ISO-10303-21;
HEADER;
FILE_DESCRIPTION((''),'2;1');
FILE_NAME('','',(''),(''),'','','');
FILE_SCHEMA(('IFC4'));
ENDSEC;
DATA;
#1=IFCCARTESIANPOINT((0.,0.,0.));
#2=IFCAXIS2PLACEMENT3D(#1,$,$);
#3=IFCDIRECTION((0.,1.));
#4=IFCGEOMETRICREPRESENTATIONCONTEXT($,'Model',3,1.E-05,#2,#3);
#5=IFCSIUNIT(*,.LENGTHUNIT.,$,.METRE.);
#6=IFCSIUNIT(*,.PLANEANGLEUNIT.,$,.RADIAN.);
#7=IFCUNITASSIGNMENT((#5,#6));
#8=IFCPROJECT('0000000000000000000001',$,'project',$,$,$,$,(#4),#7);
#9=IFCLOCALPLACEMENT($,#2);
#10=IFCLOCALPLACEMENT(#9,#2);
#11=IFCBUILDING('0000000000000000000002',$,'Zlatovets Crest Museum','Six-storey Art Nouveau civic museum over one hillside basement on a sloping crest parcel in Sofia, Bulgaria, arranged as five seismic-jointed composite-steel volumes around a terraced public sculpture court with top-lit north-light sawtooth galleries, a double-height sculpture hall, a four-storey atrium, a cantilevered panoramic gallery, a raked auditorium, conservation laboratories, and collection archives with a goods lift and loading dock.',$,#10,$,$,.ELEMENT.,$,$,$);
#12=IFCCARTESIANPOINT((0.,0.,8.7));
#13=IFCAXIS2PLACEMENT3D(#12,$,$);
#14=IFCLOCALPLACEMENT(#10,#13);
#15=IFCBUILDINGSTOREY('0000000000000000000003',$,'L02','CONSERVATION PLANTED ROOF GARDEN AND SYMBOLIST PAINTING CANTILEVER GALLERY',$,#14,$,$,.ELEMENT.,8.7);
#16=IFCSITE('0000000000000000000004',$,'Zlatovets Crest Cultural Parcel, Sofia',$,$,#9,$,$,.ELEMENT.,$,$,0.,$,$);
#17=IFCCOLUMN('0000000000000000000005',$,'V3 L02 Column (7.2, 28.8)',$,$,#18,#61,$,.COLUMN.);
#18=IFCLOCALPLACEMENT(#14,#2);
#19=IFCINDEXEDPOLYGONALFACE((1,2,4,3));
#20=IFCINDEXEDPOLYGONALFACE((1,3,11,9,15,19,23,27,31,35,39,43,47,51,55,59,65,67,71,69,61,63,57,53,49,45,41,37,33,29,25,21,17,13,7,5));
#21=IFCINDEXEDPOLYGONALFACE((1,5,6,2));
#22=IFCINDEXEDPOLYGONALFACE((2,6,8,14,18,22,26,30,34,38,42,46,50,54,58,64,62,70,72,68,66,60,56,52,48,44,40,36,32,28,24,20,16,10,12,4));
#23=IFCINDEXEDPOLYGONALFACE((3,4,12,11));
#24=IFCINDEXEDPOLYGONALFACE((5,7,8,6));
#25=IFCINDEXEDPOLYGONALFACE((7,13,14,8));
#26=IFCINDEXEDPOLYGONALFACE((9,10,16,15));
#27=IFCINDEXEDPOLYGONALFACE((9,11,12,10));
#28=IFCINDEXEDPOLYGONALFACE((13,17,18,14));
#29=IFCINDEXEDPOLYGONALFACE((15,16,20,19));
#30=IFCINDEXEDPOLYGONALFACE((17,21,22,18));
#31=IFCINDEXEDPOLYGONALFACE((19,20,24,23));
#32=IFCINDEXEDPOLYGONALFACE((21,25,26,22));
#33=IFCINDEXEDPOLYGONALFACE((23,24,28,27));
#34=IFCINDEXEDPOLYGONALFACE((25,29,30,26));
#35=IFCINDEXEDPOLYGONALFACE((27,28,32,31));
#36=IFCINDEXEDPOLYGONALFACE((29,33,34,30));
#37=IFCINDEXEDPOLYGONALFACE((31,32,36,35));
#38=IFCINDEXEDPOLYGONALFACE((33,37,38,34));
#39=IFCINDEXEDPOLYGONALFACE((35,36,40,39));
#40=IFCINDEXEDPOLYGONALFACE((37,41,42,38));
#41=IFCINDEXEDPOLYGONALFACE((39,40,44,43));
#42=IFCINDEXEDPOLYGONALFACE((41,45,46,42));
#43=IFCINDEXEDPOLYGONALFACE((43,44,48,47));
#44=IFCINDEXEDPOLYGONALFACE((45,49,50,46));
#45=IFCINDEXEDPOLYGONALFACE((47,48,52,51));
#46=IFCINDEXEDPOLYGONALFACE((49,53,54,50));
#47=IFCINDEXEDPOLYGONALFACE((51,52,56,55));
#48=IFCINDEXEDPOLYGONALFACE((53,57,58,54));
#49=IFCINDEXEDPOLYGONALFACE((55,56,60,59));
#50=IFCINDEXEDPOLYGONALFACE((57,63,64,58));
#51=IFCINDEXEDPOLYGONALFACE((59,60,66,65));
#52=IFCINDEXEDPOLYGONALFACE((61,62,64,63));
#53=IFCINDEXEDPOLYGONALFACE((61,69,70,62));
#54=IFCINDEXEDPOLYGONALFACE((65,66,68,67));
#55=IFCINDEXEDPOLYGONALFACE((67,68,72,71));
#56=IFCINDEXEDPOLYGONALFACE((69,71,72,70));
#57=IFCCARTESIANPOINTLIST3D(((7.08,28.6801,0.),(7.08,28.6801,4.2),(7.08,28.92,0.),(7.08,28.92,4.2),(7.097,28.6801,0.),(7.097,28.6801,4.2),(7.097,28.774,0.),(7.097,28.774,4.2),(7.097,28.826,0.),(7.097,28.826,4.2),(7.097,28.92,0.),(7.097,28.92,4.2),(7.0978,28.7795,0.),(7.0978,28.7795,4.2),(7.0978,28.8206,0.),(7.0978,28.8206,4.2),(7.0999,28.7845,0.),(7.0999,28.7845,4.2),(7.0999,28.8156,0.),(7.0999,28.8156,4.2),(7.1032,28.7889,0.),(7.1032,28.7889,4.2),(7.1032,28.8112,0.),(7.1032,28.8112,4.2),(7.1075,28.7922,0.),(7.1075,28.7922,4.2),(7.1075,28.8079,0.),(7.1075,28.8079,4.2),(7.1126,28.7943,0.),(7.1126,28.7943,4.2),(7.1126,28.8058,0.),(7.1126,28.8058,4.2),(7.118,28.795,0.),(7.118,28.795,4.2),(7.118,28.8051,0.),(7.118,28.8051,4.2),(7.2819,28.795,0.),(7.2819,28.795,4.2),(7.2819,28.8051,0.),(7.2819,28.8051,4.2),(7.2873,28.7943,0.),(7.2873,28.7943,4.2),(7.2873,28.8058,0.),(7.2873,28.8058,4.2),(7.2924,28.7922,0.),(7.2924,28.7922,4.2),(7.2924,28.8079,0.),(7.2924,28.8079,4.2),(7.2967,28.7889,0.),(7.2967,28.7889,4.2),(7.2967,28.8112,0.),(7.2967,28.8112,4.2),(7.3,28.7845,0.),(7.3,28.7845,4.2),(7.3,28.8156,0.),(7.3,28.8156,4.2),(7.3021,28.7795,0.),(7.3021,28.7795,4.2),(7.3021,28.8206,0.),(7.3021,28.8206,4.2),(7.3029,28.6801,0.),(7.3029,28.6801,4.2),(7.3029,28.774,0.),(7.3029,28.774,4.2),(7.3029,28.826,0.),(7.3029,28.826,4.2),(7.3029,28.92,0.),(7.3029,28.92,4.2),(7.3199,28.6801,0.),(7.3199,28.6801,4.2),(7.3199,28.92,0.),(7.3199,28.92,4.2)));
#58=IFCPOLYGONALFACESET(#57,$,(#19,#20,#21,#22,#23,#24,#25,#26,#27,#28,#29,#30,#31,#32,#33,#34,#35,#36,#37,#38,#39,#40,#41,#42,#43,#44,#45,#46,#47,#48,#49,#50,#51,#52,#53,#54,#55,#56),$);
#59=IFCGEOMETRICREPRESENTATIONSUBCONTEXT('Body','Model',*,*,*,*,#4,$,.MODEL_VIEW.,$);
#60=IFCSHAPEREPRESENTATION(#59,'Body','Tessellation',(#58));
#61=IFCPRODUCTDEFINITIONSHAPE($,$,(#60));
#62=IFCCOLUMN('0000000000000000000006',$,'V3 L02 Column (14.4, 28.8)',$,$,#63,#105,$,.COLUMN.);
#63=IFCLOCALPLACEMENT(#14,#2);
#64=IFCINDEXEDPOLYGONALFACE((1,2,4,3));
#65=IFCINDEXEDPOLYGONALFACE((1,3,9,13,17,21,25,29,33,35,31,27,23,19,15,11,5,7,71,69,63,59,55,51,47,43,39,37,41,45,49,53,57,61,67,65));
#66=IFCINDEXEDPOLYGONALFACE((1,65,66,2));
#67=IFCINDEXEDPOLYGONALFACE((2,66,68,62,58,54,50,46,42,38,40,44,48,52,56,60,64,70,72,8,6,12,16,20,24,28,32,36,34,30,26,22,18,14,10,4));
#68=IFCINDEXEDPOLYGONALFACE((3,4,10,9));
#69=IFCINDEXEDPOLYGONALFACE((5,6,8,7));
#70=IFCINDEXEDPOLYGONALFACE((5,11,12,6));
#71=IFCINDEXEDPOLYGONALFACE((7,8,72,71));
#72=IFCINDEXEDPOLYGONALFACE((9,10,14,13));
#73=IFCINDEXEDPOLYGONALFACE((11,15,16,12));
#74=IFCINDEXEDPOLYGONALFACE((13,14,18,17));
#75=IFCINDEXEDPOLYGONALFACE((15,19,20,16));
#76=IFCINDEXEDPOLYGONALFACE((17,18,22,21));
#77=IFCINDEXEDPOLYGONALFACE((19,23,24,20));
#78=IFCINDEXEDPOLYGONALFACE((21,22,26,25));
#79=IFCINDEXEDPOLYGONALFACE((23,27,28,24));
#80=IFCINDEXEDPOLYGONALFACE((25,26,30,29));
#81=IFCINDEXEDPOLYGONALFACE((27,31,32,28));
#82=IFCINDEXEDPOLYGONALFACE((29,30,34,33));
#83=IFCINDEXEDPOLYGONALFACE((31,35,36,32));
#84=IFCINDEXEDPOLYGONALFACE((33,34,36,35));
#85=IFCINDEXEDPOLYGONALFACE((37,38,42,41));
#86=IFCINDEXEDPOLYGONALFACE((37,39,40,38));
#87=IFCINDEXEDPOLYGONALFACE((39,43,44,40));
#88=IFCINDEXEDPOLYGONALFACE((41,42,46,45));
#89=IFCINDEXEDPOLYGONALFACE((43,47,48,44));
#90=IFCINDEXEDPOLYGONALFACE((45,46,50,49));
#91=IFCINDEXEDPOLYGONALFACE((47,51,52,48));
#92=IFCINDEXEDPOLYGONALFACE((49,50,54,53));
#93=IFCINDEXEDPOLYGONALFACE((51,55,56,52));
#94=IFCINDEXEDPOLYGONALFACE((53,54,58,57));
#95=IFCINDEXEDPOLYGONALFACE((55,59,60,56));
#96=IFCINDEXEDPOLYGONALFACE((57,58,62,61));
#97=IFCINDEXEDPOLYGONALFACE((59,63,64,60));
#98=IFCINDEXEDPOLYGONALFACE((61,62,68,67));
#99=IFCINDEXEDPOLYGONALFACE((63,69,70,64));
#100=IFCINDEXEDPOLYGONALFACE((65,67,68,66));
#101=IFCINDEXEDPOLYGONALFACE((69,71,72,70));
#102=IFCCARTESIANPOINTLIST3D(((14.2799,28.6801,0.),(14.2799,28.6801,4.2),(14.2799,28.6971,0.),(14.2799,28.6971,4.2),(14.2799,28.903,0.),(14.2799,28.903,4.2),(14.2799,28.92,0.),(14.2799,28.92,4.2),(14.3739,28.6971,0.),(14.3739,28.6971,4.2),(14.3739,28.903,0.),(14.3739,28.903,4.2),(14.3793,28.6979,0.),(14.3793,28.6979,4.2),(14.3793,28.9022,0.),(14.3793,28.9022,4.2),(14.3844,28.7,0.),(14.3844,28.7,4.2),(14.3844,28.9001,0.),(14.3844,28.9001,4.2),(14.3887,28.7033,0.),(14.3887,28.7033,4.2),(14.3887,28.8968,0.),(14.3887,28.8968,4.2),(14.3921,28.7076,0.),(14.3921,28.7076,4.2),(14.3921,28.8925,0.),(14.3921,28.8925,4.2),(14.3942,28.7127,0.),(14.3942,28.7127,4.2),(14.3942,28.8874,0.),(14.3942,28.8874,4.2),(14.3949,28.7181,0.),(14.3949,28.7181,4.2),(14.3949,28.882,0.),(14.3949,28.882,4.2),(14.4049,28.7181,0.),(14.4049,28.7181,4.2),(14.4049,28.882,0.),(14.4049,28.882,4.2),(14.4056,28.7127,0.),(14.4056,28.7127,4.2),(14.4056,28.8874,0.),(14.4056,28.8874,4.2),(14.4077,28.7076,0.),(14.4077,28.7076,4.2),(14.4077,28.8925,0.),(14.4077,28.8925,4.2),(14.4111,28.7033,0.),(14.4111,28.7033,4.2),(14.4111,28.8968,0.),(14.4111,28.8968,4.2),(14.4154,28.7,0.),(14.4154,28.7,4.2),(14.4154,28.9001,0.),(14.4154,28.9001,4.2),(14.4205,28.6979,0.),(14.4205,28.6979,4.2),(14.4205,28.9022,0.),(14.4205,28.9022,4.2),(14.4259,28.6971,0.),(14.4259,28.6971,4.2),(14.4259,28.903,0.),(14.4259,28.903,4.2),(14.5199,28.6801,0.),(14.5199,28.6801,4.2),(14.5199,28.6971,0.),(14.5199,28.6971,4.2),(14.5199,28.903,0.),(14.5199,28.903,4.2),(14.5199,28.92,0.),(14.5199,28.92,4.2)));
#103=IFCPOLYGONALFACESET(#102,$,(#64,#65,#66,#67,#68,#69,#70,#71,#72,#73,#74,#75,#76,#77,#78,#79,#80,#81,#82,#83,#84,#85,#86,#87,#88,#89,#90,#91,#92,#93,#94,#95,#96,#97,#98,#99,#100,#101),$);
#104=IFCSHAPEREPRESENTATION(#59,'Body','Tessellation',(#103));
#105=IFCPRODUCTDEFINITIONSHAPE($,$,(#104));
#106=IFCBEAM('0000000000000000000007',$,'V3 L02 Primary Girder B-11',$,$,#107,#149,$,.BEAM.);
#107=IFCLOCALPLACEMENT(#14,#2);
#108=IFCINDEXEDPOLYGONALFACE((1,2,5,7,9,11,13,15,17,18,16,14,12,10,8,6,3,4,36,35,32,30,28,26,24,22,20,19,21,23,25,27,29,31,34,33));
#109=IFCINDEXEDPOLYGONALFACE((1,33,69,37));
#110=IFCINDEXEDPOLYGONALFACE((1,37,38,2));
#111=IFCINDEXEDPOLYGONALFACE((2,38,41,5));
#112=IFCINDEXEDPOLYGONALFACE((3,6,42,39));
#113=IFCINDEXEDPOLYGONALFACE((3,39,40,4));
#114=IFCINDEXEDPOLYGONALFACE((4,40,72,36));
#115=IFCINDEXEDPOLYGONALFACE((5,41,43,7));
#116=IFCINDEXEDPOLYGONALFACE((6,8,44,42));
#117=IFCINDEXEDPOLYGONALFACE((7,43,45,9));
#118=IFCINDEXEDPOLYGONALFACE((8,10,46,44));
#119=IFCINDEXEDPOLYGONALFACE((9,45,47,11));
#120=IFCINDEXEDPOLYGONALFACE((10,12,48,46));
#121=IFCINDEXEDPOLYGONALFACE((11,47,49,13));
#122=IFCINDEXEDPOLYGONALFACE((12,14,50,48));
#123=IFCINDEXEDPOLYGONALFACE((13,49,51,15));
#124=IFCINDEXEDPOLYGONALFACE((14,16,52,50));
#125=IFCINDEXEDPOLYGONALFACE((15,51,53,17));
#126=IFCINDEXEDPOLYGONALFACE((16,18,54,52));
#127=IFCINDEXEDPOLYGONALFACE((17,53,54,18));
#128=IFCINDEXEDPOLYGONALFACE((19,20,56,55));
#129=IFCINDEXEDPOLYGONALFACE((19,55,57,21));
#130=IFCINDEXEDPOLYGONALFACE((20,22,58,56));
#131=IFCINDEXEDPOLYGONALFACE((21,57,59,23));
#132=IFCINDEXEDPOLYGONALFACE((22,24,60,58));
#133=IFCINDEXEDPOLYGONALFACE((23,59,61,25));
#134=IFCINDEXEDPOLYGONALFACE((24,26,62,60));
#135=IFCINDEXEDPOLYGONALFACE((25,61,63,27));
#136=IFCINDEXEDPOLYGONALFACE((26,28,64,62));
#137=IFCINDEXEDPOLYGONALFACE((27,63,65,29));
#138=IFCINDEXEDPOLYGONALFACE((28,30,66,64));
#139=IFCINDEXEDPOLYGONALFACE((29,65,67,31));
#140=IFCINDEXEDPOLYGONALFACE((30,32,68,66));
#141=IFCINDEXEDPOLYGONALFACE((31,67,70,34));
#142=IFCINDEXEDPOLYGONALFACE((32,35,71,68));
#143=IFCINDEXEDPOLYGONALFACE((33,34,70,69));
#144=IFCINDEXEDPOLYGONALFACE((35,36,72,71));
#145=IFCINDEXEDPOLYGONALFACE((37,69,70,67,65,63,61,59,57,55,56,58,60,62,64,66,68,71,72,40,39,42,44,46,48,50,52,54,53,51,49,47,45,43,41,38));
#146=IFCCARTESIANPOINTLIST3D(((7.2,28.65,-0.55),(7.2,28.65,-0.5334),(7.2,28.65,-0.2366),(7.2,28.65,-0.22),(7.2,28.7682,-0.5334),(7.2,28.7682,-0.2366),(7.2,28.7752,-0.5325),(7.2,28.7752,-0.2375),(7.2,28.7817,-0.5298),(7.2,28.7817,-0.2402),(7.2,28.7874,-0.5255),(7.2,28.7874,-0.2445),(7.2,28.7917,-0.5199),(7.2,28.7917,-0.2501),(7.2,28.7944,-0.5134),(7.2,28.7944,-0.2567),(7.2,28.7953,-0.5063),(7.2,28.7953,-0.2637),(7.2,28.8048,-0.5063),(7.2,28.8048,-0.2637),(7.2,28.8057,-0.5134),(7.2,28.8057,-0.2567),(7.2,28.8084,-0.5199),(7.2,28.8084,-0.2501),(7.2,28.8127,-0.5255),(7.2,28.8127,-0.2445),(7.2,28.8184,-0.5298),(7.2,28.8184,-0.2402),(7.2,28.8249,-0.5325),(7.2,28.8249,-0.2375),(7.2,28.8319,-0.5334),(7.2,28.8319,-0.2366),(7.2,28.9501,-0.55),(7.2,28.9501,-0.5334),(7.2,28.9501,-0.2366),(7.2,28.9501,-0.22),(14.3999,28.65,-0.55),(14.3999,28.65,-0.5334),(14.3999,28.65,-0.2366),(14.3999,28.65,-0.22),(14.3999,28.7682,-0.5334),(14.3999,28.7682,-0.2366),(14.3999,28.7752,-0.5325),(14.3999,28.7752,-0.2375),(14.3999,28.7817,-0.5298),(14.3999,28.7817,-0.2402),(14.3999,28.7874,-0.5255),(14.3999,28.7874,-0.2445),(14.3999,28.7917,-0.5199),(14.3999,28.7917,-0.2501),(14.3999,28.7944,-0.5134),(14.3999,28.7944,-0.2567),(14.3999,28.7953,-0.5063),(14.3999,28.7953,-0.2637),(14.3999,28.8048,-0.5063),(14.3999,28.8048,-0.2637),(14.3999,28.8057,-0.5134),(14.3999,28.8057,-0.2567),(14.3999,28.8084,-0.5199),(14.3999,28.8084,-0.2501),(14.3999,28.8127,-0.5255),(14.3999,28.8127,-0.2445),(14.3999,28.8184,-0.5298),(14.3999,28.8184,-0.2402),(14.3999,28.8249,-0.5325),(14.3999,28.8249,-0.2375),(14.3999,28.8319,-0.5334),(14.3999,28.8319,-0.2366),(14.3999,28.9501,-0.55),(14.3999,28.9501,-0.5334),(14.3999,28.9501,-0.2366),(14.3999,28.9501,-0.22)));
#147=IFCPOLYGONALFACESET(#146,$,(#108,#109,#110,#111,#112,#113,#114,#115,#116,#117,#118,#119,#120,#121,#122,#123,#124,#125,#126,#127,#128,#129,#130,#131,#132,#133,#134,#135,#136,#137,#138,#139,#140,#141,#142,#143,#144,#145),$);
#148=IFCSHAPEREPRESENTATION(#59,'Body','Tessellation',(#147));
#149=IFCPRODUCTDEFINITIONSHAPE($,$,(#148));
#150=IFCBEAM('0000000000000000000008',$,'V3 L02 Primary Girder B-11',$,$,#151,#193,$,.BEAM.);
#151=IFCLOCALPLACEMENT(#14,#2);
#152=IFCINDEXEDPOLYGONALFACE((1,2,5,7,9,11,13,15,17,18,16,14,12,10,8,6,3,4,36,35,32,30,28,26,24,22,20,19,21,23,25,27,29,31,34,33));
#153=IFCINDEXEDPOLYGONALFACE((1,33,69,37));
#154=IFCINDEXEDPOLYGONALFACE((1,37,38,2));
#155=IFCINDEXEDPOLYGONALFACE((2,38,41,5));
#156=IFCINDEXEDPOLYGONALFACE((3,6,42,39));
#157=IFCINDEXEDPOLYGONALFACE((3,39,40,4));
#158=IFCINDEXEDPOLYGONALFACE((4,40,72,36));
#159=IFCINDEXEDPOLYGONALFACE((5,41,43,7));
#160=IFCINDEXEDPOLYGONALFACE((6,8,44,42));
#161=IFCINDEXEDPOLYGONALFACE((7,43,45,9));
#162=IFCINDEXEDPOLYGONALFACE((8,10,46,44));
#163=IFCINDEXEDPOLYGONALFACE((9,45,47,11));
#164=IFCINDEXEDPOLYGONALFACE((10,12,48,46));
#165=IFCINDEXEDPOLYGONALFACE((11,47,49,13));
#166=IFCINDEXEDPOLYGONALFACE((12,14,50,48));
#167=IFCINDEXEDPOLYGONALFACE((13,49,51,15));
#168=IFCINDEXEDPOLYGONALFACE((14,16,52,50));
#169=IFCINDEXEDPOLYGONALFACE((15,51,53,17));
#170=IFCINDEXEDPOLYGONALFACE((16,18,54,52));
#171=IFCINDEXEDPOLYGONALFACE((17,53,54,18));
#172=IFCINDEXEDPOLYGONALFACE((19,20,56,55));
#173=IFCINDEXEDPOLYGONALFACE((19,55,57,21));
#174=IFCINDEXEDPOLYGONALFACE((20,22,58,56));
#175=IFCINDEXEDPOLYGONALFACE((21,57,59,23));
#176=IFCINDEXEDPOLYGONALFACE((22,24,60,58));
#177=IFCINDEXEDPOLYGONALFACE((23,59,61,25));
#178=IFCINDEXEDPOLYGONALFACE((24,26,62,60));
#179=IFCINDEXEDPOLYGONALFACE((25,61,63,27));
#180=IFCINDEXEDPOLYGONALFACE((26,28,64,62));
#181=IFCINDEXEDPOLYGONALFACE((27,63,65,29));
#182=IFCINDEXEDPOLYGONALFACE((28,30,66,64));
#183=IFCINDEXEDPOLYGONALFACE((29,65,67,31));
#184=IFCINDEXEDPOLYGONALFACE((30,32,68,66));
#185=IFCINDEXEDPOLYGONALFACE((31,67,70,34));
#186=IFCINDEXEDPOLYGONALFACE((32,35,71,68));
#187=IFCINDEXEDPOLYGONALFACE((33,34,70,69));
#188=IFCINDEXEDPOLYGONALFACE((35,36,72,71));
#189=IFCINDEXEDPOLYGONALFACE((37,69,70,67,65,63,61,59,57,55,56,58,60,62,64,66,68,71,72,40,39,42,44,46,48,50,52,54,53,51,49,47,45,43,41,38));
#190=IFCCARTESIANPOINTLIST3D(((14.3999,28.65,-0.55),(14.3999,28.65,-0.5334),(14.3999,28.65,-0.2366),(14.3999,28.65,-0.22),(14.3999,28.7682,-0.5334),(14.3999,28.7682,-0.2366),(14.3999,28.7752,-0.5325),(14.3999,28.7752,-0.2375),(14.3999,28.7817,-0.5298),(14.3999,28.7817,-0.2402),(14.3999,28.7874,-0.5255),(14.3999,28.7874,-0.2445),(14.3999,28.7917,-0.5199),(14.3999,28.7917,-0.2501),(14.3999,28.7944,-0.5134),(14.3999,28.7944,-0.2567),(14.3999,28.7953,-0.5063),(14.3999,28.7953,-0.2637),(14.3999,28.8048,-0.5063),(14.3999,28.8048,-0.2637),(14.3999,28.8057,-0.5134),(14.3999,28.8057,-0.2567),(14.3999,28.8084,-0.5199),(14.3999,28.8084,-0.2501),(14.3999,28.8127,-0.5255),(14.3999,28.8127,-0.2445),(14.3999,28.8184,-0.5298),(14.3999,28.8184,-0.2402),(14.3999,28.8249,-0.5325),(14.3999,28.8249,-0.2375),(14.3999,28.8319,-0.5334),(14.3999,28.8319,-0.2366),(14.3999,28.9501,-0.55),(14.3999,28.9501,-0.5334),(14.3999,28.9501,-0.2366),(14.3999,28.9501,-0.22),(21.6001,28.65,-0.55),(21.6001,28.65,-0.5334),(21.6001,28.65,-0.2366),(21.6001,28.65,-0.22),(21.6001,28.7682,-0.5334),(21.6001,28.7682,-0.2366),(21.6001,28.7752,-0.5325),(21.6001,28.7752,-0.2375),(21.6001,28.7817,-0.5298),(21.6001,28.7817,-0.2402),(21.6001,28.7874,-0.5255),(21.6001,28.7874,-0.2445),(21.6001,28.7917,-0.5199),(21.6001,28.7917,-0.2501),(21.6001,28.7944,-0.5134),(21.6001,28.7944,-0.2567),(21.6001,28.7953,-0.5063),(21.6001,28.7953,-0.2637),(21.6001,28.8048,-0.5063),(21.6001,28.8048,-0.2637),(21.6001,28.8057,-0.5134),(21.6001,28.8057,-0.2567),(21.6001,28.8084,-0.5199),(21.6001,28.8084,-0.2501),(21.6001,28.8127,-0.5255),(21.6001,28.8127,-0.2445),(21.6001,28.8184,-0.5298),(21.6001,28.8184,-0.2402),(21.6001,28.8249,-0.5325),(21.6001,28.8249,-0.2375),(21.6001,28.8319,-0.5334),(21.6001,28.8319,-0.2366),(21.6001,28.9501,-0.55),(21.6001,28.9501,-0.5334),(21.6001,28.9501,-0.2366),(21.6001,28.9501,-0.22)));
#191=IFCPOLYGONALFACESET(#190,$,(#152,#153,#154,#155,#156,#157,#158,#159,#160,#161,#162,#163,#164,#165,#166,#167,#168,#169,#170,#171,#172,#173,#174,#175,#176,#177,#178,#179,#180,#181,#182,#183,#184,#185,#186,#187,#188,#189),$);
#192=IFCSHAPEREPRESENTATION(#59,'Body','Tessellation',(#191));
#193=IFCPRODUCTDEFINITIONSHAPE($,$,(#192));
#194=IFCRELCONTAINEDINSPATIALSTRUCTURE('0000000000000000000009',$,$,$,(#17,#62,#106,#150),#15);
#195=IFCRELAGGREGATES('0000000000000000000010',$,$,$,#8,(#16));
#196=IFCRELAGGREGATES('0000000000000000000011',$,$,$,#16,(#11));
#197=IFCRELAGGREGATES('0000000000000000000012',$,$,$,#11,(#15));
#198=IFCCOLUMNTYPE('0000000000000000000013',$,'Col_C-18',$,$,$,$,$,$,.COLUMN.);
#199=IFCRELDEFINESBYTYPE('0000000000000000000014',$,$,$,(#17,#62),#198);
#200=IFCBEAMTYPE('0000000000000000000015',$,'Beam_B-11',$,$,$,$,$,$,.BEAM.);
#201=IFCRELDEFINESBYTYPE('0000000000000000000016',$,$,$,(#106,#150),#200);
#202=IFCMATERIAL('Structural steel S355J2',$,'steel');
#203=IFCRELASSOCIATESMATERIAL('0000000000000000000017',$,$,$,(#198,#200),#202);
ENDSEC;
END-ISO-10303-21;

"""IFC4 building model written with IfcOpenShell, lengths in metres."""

from ifc_helpers import new_model, si_unit, direction, frame, origin, origin_2d, place, context, subcontext, project, spatial, i_section, extrude, material, material_profile, profile_set, type_object, element, save


model = new_model("IFC4")

# Units and contexts
model_context = context("Model", 3, precision=1e-05, world=origin(), true_north=direction((0.0, 1.0)))
body_context = subcontext(model_context, "Body", "Model", "MODEL_VIEW")
ifc_project = project(units=[si_unit("LENGTHUNIT", "METRE"), si_unit("PLANEANGLEUNIT", "RADIAN")], contexts=[model_context])

# Site, building, storey
site_placement = place(None, origin())
site = spatial("IfcSite", under=ifc_project, at=site_placement, Name="Zlatovets Crest Cultural Parcel, Sofia", CompositionType="ELEMENT", RefElevation=0.0)
building_placement = place(site_placement, origin())
building = spatial("IfcBuilding", under=site, at=building_placement, Name="Zlatovets Crest Museum", Description="Six-storey Art Nouveau civic museum over one hillside basement on a sloping crest parcel in Sofia, Bulgaria, arranged as five seismic-jointed composite-steel volumes around a terraced public sculpture court with top-lit north-light sawtooth galleries, a double-height sculpture hall, a four-storey atrium, a cantilevered panoramic gallery, a raked auditorium, conservation laboratories, and collection archives with a goods lift and loading dock.", CompositionType="ELEMENT")
storey_placement = place(building_placement, frame((0.0, 0.0, 8.7)))
storey = spatial("IfcBuildingStorey", under=building, at=storey_placement, Name="L02", Description="CONSERVATION PLANTED ROOF GARDEN AND SYMBOLIST PAINTING CANTILEVER GALLERY", CompositionType="ELEMENT", Elevation=8.7)

# Columns
ifc_material_1 = material(Name="Structural steel S355J2", Category="steel")
ifc_material_profile_1 = material_profile(ifc_material_1, i_section(OverallWidth=0.24, OverallDepth=0.24, WebThickness=0.01, FlangeThickness=0.0171, FilletRadius=0.021, at=origin_2d()), Name="HEB 240")
ifc_profile_set_1 = profile_set([ifc_material_profile_1], Name="Structural steel S355J2")
column_type = type_object("IfcColumnType", Name="Col_C-18", PredefinedType="COLUMN", material=ifc_profile_set_1)
for number, where, z_axis, x_axis, name in (
    (1, (7.2, 28.8, 0.0), (0.0, 0.0, 1.0), (0.0, 1.0, 0.0), "V3 L02 Column (7.2, 28.8)"),
    (2, (14.3999, 28.8, 0.0), (0.0, 0.0, 1.0), (1.0, 0.0, 0.0), "V3 L02 Column (14.4, 28.8)"),
):
    element("IfcColumn", number, at=place(storey_placement, frame(where, z_axis=z_axis, x_axis=x_axis)), inside=storey, type_object=column_type, Name=name, PredefinedType="COLUMN", context=body_context, shape_type="SweptSolid", body=[
        extrude(i_section(OverallWidth=0.24, OverallDepth=0.24, WebThickness=0.01, FlangeThickness=0.0171, FilletRadius=0.021, at=origin_2d()), origin(), (0.0, 0.0, 1.0), 4.2),
    ])

# Beams
ifc_material_profile_2 = material_profile(ifc_material_1, i_section(OverallWidth=0.3, OverallDepth=0.3301, WebThickness=0.0095, FlangeThickness=0.0166, FilletRadius=0.0271, at=origin_2d()), Name="HEA 340")
ifc_profile_set_2 = profile_set([ifc_material_profile_2], Name="Structural steel S355J2")
beam_type_1 = type_object("IfcBeamType", Name="Beam_B-11", PredefinedType="BEAM", material=ifc_profile_set_2)
beam_1_placement = place(storey_placement, frame((7.2, 28.8, -0.385), z_axis=(1.0, 0.0, 0.0), x_axis=(0.0, 1.0, 0.0)))
element("IfcBeam", 3, at=beam_1_placement, inside=storey, type_object=beam_type_1, Name="V3 L02 Primary Girder B-11", PredefinedType="BEAM", context=body_context, shape_type="SweptSolid", body=[
    extrude(i_section(OverallWidth=0.3, OverallDepth=0.3301, WebThickness=0.0095, FlangeThickness=0.0166, FilletRadius=0.0271, at=origin_2d()), origin(), (0.0, 0.0, 1.0), 7.2),
])
beam_2_placement = place(storey_placement, frame((14.3999, 28.8, -0.385), z_axis=(1.0, 0.0, 0.0), x_axis=(0.0, 1.0, 0.0)))
element("IfcBeam", 4, at=beam_2_placement, inside=storey, type_object=beam_type_1, Name="V3 L02 Primary Girder B-11", PredefinedType="BEAM", context=body_context, shape_type="SweptSolid", body=[
    extrude(i_section(OverallWidth=0.3, OverallDepth=0.3301, WebThickness=0.0095, FlangeThickness=0.0166, FilletRadius=0.0271, at=origin_2d()), origin(), (0.0, 0.0, 1.0), 7.2002),
])

save(model, "model.ifc")
